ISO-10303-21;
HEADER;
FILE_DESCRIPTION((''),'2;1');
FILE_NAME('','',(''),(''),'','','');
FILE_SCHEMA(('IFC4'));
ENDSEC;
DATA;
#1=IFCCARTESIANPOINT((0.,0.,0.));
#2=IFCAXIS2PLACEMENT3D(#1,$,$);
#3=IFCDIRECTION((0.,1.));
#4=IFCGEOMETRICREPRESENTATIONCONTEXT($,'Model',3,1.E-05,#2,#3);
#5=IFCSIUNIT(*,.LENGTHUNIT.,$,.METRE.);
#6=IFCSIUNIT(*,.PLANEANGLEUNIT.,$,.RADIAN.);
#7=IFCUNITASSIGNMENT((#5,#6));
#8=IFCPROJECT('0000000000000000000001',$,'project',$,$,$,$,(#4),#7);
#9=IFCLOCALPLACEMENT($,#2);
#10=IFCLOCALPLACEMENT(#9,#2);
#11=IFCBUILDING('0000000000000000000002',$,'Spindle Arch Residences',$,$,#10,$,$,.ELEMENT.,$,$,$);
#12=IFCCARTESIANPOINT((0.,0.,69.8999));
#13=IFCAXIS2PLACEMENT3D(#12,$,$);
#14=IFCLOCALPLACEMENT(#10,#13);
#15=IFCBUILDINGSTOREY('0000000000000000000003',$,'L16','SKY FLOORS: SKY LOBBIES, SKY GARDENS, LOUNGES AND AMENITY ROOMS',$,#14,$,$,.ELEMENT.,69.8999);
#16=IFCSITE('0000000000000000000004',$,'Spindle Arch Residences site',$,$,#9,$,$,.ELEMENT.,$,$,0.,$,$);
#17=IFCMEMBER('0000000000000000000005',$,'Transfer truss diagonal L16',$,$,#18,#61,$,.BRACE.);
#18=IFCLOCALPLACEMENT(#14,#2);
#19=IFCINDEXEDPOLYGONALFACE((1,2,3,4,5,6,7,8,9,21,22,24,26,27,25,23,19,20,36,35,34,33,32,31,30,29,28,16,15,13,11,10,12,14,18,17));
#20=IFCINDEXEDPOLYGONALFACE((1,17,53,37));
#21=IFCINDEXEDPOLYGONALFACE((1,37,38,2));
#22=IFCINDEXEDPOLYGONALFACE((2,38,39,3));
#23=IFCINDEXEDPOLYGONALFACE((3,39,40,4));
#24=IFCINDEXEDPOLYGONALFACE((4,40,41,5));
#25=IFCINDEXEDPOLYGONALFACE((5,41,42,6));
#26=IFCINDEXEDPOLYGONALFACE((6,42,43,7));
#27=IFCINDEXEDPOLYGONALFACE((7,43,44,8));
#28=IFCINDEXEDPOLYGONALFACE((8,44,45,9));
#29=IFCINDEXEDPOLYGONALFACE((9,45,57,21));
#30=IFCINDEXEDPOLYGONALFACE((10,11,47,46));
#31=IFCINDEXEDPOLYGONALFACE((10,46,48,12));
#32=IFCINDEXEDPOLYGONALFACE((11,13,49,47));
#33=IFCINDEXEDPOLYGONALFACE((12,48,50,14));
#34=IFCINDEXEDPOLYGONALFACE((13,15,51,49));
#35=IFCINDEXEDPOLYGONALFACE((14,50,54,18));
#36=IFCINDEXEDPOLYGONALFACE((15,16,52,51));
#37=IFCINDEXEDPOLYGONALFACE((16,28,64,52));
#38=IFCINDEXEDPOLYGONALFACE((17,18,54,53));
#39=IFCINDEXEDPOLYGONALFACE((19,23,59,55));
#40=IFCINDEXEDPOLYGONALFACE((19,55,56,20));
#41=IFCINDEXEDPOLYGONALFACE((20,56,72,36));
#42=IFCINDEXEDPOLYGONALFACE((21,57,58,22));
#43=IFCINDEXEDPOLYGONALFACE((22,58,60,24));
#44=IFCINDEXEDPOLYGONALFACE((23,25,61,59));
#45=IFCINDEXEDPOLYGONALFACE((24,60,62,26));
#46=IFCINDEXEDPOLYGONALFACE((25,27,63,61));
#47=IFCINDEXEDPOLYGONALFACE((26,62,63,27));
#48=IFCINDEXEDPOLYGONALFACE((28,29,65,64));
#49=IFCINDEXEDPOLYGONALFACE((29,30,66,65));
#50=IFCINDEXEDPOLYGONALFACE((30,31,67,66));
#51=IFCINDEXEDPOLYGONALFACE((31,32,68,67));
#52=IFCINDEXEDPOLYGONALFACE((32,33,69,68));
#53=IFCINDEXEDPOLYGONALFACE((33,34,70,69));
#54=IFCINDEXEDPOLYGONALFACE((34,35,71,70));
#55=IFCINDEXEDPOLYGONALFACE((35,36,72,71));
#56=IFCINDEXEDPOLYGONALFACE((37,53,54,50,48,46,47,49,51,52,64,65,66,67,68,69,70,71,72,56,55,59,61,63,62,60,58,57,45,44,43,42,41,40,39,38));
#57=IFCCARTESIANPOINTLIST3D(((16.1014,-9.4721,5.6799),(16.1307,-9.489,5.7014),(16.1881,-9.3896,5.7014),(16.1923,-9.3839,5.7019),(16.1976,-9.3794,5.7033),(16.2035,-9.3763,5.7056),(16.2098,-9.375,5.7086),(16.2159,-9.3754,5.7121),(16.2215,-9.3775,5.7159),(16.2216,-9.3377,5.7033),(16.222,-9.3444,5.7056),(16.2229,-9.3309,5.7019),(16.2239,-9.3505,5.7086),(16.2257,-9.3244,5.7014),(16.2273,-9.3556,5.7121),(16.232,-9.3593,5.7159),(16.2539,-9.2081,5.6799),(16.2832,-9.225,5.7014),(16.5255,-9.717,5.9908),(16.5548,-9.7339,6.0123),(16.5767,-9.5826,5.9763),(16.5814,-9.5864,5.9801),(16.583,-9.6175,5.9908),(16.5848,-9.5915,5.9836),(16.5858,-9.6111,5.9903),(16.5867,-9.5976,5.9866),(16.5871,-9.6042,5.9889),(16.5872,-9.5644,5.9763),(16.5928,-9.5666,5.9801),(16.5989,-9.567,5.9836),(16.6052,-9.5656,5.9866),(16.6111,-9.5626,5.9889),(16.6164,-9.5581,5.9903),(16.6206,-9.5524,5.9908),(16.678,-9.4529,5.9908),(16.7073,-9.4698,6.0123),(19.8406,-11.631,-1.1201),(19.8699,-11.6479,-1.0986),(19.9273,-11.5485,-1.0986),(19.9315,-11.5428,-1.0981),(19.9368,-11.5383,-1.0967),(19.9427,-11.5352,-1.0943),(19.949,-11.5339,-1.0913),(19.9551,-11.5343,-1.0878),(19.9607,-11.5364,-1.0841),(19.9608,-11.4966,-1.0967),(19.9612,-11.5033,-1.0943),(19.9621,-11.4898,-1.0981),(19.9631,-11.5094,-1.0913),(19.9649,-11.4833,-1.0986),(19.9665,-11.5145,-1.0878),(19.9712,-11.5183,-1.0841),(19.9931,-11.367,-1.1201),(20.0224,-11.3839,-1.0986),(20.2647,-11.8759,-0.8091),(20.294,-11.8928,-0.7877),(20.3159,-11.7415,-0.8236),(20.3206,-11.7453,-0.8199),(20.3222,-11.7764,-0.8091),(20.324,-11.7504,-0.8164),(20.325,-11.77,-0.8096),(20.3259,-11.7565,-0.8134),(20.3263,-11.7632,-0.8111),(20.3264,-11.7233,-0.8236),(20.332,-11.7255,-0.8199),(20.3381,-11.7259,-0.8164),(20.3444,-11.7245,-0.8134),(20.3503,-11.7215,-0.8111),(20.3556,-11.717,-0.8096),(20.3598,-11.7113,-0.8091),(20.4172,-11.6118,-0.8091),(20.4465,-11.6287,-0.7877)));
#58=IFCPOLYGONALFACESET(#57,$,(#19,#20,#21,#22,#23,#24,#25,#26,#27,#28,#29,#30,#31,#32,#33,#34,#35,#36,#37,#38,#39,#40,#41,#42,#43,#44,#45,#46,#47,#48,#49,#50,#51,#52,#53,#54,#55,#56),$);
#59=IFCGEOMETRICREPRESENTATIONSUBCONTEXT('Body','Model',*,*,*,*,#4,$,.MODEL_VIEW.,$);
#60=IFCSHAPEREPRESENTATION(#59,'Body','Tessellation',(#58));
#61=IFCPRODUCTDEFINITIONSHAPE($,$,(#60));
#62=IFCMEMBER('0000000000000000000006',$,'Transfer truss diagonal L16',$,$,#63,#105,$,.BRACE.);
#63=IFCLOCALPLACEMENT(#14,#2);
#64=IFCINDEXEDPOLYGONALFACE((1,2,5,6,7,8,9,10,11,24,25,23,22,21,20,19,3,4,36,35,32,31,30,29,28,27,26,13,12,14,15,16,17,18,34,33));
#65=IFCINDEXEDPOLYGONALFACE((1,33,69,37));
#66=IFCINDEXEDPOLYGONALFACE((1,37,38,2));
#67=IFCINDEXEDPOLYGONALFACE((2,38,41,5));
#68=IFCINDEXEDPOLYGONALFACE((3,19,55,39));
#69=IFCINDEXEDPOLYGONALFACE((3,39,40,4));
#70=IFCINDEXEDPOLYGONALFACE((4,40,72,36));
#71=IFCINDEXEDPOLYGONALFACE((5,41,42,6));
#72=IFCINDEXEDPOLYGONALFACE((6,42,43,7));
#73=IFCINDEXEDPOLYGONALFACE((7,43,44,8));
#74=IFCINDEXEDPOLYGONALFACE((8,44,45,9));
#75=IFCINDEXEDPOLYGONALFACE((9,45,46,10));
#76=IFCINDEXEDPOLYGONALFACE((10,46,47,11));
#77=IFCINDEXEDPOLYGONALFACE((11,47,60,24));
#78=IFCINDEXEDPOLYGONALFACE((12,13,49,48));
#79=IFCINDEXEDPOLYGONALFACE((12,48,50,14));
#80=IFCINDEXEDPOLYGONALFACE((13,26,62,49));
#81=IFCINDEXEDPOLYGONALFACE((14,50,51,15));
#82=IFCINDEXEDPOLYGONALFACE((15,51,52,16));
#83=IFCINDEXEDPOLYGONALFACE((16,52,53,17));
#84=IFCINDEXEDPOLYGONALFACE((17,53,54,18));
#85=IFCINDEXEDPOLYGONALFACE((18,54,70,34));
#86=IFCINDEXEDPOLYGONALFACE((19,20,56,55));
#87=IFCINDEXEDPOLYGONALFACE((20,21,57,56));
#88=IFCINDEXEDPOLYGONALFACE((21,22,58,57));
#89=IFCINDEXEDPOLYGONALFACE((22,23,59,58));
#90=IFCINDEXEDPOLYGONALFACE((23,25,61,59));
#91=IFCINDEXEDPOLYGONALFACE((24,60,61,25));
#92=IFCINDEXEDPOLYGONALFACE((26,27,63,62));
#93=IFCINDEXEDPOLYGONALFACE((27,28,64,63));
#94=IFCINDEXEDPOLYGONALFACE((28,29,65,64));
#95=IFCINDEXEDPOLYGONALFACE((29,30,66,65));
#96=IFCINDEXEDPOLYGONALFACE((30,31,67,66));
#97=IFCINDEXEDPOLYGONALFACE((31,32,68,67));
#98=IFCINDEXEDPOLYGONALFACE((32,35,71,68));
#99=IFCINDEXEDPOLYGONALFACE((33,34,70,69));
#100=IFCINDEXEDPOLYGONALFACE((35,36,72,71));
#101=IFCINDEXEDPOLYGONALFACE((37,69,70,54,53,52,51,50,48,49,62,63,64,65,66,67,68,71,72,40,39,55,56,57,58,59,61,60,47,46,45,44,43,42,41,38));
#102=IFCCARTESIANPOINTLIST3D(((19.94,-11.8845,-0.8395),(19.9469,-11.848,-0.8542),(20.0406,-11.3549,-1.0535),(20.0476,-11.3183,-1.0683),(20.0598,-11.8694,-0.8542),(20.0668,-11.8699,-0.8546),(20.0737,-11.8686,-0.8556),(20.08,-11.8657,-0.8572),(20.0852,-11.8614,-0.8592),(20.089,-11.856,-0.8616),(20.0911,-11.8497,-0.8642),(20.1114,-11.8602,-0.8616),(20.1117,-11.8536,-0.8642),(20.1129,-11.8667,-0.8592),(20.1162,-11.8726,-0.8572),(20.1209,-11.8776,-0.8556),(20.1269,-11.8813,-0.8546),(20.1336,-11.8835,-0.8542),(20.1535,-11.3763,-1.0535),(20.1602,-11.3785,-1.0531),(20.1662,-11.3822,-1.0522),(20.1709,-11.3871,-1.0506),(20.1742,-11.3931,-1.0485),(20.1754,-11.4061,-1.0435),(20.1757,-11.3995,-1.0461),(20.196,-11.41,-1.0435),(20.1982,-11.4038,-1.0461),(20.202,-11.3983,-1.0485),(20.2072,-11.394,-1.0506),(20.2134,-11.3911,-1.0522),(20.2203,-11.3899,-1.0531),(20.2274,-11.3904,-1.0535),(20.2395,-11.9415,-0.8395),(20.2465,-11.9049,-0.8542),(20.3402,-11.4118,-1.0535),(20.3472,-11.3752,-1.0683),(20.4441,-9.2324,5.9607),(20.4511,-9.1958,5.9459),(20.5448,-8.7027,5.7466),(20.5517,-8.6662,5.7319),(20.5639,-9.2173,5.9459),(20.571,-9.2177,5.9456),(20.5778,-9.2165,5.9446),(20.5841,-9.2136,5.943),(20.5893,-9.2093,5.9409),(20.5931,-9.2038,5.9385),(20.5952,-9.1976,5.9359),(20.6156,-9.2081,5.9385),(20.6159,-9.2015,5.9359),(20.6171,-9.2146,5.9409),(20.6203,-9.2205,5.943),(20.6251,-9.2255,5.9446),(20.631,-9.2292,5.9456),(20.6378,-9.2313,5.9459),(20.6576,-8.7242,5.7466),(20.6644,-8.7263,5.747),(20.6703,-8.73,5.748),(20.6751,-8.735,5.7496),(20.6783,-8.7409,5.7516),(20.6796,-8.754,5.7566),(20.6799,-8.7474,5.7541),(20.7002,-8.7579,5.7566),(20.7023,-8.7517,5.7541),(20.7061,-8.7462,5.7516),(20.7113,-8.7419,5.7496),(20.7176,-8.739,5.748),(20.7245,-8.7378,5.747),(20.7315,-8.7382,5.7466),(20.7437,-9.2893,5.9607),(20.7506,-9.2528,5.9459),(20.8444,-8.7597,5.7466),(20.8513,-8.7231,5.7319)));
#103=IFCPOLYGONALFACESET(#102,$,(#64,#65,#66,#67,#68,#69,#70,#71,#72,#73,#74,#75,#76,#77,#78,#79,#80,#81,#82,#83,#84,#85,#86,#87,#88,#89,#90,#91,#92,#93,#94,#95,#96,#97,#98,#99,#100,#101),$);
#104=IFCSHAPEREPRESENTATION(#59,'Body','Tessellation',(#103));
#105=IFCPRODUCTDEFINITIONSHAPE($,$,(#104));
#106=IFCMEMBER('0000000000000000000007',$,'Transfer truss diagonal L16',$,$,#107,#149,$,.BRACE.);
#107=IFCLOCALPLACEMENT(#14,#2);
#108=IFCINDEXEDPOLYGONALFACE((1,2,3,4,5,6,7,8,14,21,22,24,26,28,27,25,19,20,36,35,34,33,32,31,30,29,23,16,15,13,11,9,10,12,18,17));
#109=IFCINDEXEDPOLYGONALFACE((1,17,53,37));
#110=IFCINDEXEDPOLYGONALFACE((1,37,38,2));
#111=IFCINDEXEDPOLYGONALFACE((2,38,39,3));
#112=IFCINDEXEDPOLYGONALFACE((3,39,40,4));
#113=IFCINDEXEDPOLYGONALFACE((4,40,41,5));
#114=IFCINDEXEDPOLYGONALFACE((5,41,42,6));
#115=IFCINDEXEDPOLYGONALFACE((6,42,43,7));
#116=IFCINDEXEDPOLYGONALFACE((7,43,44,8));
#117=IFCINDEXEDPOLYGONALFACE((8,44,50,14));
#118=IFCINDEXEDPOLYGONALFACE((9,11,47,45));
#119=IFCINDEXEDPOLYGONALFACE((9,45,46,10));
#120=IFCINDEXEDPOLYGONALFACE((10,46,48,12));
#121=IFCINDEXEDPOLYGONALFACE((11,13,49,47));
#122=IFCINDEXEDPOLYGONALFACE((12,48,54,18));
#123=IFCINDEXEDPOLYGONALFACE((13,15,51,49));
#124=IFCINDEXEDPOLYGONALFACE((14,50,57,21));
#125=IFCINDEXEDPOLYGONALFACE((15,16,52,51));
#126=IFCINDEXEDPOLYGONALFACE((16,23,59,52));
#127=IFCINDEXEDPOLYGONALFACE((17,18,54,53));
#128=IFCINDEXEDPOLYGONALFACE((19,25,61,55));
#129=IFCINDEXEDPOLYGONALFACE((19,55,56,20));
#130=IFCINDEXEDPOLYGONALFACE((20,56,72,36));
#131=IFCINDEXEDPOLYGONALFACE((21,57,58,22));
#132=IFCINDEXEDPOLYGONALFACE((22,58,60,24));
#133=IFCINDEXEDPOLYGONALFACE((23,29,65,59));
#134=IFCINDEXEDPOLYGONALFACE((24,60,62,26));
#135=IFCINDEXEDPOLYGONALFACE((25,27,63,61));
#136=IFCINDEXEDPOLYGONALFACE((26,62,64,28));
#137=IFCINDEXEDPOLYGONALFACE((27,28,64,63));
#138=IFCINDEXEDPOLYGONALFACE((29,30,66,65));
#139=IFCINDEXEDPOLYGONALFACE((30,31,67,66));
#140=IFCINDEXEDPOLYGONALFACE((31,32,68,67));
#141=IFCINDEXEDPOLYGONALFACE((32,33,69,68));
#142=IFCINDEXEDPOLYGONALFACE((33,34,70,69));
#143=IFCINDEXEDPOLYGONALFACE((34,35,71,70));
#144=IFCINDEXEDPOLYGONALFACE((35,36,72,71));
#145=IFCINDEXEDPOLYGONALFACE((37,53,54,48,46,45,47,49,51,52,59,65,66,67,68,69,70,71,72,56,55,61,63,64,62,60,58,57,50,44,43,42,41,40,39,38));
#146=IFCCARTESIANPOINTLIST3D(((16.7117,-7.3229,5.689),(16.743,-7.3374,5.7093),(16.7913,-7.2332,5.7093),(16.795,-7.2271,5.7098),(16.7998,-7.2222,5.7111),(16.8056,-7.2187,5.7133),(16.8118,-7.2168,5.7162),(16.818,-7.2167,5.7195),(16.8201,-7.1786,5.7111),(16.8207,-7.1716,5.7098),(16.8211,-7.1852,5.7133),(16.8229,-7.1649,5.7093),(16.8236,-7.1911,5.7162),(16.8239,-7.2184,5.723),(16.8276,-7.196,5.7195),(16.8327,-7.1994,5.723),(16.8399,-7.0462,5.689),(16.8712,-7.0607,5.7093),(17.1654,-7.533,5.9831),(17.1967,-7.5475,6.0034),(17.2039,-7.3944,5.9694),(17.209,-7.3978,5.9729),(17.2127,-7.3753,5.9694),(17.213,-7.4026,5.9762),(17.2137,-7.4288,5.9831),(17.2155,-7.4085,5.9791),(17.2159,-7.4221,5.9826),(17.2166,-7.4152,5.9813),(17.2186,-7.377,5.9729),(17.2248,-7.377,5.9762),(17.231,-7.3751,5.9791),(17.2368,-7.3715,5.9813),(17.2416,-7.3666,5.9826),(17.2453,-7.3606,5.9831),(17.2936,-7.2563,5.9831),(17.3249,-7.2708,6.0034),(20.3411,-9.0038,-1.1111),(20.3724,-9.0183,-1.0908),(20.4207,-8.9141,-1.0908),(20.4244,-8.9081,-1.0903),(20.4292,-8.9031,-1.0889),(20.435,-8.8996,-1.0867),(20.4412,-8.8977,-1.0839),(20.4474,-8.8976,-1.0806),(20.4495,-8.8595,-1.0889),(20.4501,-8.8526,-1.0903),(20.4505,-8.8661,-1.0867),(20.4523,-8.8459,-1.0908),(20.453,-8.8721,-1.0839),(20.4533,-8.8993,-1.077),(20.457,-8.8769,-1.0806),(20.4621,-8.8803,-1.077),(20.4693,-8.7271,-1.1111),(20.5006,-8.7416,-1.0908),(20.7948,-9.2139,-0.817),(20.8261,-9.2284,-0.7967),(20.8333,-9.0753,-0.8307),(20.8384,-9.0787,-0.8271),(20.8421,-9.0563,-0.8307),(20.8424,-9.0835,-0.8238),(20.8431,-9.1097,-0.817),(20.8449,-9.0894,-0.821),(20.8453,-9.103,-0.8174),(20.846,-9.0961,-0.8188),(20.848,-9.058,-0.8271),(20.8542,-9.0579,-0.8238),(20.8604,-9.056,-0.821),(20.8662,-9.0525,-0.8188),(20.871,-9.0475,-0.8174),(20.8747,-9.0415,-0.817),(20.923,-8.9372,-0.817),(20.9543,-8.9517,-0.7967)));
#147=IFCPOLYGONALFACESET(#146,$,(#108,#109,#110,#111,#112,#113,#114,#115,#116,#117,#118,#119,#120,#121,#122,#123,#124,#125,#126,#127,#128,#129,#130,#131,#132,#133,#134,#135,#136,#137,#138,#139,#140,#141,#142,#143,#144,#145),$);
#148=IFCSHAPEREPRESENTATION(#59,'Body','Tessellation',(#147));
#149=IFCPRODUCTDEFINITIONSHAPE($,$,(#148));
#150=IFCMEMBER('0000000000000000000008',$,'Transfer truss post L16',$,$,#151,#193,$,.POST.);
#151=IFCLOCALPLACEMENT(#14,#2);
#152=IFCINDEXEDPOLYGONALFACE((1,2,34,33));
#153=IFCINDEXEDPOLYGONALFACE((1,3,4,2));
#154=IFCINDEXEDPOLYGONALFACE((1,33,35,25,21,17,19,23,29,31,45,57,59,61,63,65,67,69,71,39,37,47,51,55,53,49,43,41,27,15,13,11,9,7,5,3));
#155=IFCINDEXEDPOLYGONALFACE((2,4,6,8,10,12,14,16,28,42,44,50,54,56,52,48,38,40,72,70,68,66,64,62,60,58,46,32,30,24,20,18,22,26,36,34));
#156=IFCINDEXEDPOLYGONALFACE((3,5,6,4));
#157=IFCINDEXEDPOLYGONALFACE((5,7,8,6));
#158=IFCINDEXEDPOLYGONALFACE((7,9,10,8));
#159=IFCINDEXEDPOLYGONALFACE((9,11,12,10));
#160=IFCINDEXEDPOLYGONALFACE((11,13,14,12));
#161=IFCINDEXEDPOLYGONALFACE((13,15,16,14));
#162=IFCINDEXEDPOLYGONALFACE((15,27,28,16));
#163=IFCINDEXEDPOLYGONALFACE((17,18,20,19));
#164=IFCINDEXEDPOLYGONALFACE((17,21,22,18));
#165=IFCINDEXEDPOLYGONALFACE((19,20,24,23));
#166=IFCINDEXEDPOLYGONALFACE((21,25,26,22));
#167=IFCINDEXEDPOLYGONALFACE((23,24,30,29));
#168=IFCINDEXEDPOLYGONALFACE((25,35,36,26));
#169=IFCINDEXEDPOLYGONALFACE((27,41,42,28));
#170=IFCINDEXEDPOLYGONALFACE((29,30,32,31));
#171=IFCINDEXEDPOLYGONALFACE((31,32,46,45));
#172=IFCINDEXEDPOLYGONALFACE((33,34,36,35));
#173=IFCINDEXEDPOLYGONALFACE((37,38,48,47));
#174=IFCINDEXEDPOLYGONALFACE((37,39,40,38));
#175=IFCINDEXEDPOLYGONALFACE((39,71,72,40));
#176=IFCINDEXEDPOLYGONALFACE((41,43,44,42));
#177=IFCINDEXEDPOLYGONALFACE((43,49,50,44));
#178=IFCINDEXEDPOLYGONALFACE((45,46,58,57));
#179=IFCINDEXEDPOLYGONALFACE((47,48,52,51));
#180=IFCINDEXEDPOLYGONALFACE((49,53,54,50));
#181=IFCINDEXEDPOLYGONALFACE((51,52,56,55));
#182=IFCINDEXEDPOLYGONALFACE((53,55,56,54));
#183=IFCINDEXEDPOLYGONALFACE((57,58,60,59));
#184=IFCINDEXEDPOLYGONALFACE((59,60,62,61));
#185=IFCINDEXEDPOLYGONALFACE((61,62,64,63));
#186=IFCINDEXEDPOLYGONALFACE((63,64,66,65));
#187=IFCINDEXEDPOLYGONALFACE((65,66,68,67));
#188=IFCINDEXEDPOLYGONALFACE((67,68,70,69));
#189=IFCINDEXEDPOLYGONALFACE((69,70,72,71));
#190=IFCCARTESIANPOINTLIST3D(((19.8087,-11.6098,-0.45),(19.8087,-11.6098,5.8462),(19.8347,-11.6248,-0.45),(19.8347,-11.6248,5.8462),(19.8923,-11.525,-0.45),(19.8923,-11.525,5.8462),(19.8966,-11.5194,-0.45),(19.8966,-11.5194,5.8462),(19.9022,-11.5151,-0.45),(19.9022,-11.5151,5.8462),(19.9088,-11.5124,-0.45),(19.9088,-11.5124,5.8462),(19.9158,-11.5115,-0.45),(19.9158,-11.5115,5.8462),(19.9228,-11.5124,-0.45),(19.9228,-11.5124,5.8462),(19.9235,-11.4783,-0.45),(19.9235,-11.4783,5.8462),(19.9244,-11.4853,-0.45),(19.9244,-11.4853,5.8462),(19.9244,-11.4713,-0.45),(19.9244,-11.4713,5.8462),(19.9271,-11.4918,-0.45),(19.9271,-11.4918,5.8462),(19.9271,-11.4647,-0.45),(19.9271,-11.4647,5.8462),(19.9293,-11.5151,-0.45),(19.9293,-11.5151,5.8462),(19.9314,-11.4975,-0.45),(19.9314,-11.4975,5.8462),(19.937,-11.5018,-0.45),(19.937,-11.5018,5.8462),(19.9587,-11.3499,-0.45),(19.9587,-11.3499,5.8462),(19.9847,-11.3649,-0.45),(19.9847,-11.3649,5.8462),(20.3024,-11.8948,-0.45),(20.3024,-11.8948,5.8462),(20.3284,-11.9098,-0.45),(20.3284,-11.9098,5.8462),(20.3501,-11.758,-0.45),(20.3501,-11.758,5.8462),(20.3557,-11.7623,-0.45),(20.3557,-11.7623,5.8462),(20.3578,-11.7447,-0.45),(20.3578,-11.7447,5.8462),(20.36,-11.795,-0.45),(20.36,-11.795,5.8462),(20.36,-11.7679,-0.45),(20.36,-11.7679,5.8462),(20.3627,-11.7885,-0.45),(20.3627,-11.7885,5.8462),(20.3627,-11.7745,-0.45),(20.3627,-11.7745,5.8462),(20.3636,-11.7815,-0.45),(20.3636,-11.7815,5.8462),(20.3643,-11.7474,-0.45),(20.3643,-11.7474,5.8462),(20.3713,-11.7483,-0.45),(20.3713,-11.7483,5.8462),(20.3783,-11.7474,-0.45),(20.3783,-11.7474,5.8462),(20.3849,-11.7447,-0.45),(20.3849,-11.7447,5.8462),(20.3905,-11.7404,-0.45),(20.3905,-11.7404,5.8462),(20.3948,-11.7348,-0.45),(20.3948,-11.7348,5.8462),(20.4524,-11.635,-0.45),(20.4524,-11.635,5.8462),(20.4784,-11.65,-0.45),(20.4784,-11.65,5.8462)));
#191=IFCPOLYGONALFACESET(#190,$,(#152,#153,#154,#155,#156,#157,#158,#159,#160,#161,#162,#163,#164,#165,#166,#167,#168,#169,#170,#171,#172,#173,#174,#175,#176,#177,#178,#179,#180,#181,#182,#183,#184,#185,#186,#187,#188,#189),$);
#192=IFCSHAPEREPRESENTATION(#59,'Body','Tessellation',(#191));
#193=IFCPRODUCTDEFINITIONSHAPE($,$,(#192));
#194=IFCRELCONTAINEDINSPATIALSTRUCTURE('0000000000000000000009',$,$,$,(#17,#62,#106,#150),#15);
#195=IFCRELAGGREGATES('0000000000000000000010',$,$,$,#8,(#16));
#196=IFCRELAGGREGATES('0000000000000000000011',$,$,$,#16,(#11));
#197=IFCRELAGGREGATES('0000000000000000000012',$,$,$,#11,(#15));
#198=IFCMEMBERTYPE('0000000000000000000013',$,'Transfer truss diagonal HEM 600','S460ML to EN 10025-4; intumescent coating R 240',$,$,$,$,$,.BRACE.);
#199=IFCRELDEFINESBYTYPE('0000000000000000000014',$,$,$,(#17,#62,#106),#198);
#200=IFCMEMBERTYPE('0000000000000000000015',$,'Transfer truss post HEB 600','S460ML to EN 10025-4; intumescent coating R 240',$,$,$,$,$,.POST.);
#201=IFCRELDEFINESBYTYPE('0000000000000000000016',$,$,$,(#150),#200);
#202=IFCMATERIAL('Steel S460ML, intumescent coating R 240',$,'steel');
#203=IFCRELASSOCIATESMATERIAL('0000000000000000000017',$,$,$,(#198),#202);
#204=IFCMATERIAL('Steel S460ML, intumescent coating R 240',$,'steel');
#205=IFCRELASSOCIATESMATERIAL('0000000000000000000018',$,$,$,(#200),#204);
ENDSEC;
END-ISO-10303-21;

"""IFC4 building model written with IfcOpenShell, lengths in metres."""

from ifc_helpers import new_model, si_unit, direction, frame, origin, origin_2d, place, context, subcontext, project, spatial, i_section, extrude, material, material_profile, profile_set, type_object, element, save


model = new_model("IFC4")

# Units and contexts
model_context = context("Model", 3, precision=1e-05, world=origin(), true_north=direction((0.0, 1.0)))
body_context = subcontext(model_context, "Body", "Model", "MODEL_VIEW")
ifc_project = project(units=[si_unit("LENGTHUNIT", "METRE"), si_unit("PLANEANGLEUNIT", "RADIAN")], contexts=[model_context])

# Site, building, storey
site_placement = place(None, origin())
site = spatial("IfcSite", under=ifc_project, at=site_placement, Name="Spindle Arch Residences site", CompositionType="ELEMENT", RefElevation=0.0)
building_placement = place(site_placement, origin())
building = spatial("IfcBuilding", under=site, at=building_placement, Name="Spindle Arch Residences", CompositionType="ELEMENT")
storey_placement = place(building_placement, frame((0.0, 0.0, 69.8999)))
storey = spatial("IfcBuildingStorey", under=building, at=storey_placement, Name="L16", Description="SKY FLOORS: SKY LOBBIES, SKY GARDENS, LOUNGES AND AMENITY ROOMS", CompositionType="ELEMENT", Elevation=69.8999)

# Members
ifc_material_1 = material(Name="Steel S460ML, intumescent coating R 240", Category="steel")
ifc_material_profile_1 = material_profile(ifc_material_1, i_section(OverallWidth=0.3049, OverallDepth=0.6201, WebThickness=0.021, FlangeThickness=0.04, FilletRadius=0.0271, at=origin_2d()), Name="HEM 600")
ifc_profile_set_1 = profile_set([ifc_material_profile_1], Name="Steel S460ML, intumescent coating R 240")
member_type_1 = type_object("IfcMemberType", Name="Transfer truss diagonal HEM 600", Description="S460ML to EN 10025-4; intumescent coating R 240", PredefinedType="BRACE", material=ifc_profile_set_1)
member_1_placement = place(storey_placement, frame((20.1436, -11.6299, -0.9539), z_axis=(-0.464213, 0.268023, 0.844198), x_axis=(-0.500013, -0.866018, 0.0)))
element("IfcMember", 1, at=member_1_placement, inside=storey, type_object=member_type_1, Name="Transfer truss diagonal L16", PredefinedType="BRACE", context=body_context, shape_type="SweptSolid", body=[
    extrude(i_section(OverallWidth=0.3049, OverallDepth=0.6201, WebThickness=0.021, FlangeThickness=0.04, FilletRadius=0.0271, at=origin_2d()), origin(), (0.0, 0.0, 1.0), 8.0549),
])
member_2_placement = place(storey_placement, frame((20.1436, -11.6299, -0.9539), z_axis=(0.068908, 0.362491, 0.929436), x_axis=(-0.982407, 0.186751, 0.0)))
element("IfcMember", 2, at=member_2_placement, inside=storey, type_object=member_type_1, Name="Transfer truss diagonal L16", PredefinedType="BRACE", context=body_context, shape_type="SweptSolid", body=[
    extrude(i_section(OverallWidth=0.3049, OverallDepth=0.6201, WebThickness=0.021, FlangeThickness=0.04, FilletRadius=0.0271, at=origin_2d()), origin(), (0.0, 0.0, 1.0), 7.3164),
])
member_3_placement = place(storey_placement, frame((20.6477, -8.9778, -0.9539), z_axis=(-0.460049, 0.213066, 0.86195), x_axis=(-0.420254, -0.907407, 0.0)))
element("IfcMember", 3, at=member_3_placement, inside=storey, type_object=member_type_1, Name="Transfer truss diagonal L16", PredefinedType="BRACE", context=body_context, shape_type="SweptSolid", body=[
    extrude(i_section(OverallWidth=0.3049, OverallDepth=0.6201, WebThickness=0.021, FlangeThickness=0.04, FilletRadius=0.0271, at=origin_2d()), origin(), (0.0, 0.0, 1.0), 7.8892),
])
ifc_material_2 = material(Name="Steel S460ML, intumescent coating R 240", Category="steel")
ifc_material_profile_2 = material_profile(ifc_material_2, i_section(OverallWidth=0.3, OverallDepth=0.6001, WebThickness=0.0154, FlangeThickness=0.03, FilletRadius=0.0271, at=origin_2d()), Name="HEB 600")
ifc_profile_set_2 = profile_set([ifc_material_profile_2], Name="Steel S460ML, intumescent coating R 240")
member_type_2 = type_object("IfcMemberType", Name="Transfer truss post HEB 600", Description="S460ML to EN 10025-4; intumescent coating R 240", PredefinedType="POST", material=ifc_profile_set_2)
member_4_placement = place(storey_placement, frame((20.1436, -11.6299, -0.45), z_axis=(0.0, 0.0, 1.0), x_axis=(-0.5, -0.866026, 0.0)))
element("IfcMember", 4, at=member_4_placement, inside=storey, type_object=member_type_2, Name="Transfer truss post L16", PredefinedType="POST", context=body_context, shape_type="SweptSolid", body=[
    extrude(i_section(OverallWidth=0.3, OverallDepth=0.6001, WebThickness=0.0154, FlangeThickness=0.03, FilletRadius=0.0271, at=origin_2d()), origin(), (0.0, 0.0, 1.0), 6.2961),
])

save(model, "model.ifc")
